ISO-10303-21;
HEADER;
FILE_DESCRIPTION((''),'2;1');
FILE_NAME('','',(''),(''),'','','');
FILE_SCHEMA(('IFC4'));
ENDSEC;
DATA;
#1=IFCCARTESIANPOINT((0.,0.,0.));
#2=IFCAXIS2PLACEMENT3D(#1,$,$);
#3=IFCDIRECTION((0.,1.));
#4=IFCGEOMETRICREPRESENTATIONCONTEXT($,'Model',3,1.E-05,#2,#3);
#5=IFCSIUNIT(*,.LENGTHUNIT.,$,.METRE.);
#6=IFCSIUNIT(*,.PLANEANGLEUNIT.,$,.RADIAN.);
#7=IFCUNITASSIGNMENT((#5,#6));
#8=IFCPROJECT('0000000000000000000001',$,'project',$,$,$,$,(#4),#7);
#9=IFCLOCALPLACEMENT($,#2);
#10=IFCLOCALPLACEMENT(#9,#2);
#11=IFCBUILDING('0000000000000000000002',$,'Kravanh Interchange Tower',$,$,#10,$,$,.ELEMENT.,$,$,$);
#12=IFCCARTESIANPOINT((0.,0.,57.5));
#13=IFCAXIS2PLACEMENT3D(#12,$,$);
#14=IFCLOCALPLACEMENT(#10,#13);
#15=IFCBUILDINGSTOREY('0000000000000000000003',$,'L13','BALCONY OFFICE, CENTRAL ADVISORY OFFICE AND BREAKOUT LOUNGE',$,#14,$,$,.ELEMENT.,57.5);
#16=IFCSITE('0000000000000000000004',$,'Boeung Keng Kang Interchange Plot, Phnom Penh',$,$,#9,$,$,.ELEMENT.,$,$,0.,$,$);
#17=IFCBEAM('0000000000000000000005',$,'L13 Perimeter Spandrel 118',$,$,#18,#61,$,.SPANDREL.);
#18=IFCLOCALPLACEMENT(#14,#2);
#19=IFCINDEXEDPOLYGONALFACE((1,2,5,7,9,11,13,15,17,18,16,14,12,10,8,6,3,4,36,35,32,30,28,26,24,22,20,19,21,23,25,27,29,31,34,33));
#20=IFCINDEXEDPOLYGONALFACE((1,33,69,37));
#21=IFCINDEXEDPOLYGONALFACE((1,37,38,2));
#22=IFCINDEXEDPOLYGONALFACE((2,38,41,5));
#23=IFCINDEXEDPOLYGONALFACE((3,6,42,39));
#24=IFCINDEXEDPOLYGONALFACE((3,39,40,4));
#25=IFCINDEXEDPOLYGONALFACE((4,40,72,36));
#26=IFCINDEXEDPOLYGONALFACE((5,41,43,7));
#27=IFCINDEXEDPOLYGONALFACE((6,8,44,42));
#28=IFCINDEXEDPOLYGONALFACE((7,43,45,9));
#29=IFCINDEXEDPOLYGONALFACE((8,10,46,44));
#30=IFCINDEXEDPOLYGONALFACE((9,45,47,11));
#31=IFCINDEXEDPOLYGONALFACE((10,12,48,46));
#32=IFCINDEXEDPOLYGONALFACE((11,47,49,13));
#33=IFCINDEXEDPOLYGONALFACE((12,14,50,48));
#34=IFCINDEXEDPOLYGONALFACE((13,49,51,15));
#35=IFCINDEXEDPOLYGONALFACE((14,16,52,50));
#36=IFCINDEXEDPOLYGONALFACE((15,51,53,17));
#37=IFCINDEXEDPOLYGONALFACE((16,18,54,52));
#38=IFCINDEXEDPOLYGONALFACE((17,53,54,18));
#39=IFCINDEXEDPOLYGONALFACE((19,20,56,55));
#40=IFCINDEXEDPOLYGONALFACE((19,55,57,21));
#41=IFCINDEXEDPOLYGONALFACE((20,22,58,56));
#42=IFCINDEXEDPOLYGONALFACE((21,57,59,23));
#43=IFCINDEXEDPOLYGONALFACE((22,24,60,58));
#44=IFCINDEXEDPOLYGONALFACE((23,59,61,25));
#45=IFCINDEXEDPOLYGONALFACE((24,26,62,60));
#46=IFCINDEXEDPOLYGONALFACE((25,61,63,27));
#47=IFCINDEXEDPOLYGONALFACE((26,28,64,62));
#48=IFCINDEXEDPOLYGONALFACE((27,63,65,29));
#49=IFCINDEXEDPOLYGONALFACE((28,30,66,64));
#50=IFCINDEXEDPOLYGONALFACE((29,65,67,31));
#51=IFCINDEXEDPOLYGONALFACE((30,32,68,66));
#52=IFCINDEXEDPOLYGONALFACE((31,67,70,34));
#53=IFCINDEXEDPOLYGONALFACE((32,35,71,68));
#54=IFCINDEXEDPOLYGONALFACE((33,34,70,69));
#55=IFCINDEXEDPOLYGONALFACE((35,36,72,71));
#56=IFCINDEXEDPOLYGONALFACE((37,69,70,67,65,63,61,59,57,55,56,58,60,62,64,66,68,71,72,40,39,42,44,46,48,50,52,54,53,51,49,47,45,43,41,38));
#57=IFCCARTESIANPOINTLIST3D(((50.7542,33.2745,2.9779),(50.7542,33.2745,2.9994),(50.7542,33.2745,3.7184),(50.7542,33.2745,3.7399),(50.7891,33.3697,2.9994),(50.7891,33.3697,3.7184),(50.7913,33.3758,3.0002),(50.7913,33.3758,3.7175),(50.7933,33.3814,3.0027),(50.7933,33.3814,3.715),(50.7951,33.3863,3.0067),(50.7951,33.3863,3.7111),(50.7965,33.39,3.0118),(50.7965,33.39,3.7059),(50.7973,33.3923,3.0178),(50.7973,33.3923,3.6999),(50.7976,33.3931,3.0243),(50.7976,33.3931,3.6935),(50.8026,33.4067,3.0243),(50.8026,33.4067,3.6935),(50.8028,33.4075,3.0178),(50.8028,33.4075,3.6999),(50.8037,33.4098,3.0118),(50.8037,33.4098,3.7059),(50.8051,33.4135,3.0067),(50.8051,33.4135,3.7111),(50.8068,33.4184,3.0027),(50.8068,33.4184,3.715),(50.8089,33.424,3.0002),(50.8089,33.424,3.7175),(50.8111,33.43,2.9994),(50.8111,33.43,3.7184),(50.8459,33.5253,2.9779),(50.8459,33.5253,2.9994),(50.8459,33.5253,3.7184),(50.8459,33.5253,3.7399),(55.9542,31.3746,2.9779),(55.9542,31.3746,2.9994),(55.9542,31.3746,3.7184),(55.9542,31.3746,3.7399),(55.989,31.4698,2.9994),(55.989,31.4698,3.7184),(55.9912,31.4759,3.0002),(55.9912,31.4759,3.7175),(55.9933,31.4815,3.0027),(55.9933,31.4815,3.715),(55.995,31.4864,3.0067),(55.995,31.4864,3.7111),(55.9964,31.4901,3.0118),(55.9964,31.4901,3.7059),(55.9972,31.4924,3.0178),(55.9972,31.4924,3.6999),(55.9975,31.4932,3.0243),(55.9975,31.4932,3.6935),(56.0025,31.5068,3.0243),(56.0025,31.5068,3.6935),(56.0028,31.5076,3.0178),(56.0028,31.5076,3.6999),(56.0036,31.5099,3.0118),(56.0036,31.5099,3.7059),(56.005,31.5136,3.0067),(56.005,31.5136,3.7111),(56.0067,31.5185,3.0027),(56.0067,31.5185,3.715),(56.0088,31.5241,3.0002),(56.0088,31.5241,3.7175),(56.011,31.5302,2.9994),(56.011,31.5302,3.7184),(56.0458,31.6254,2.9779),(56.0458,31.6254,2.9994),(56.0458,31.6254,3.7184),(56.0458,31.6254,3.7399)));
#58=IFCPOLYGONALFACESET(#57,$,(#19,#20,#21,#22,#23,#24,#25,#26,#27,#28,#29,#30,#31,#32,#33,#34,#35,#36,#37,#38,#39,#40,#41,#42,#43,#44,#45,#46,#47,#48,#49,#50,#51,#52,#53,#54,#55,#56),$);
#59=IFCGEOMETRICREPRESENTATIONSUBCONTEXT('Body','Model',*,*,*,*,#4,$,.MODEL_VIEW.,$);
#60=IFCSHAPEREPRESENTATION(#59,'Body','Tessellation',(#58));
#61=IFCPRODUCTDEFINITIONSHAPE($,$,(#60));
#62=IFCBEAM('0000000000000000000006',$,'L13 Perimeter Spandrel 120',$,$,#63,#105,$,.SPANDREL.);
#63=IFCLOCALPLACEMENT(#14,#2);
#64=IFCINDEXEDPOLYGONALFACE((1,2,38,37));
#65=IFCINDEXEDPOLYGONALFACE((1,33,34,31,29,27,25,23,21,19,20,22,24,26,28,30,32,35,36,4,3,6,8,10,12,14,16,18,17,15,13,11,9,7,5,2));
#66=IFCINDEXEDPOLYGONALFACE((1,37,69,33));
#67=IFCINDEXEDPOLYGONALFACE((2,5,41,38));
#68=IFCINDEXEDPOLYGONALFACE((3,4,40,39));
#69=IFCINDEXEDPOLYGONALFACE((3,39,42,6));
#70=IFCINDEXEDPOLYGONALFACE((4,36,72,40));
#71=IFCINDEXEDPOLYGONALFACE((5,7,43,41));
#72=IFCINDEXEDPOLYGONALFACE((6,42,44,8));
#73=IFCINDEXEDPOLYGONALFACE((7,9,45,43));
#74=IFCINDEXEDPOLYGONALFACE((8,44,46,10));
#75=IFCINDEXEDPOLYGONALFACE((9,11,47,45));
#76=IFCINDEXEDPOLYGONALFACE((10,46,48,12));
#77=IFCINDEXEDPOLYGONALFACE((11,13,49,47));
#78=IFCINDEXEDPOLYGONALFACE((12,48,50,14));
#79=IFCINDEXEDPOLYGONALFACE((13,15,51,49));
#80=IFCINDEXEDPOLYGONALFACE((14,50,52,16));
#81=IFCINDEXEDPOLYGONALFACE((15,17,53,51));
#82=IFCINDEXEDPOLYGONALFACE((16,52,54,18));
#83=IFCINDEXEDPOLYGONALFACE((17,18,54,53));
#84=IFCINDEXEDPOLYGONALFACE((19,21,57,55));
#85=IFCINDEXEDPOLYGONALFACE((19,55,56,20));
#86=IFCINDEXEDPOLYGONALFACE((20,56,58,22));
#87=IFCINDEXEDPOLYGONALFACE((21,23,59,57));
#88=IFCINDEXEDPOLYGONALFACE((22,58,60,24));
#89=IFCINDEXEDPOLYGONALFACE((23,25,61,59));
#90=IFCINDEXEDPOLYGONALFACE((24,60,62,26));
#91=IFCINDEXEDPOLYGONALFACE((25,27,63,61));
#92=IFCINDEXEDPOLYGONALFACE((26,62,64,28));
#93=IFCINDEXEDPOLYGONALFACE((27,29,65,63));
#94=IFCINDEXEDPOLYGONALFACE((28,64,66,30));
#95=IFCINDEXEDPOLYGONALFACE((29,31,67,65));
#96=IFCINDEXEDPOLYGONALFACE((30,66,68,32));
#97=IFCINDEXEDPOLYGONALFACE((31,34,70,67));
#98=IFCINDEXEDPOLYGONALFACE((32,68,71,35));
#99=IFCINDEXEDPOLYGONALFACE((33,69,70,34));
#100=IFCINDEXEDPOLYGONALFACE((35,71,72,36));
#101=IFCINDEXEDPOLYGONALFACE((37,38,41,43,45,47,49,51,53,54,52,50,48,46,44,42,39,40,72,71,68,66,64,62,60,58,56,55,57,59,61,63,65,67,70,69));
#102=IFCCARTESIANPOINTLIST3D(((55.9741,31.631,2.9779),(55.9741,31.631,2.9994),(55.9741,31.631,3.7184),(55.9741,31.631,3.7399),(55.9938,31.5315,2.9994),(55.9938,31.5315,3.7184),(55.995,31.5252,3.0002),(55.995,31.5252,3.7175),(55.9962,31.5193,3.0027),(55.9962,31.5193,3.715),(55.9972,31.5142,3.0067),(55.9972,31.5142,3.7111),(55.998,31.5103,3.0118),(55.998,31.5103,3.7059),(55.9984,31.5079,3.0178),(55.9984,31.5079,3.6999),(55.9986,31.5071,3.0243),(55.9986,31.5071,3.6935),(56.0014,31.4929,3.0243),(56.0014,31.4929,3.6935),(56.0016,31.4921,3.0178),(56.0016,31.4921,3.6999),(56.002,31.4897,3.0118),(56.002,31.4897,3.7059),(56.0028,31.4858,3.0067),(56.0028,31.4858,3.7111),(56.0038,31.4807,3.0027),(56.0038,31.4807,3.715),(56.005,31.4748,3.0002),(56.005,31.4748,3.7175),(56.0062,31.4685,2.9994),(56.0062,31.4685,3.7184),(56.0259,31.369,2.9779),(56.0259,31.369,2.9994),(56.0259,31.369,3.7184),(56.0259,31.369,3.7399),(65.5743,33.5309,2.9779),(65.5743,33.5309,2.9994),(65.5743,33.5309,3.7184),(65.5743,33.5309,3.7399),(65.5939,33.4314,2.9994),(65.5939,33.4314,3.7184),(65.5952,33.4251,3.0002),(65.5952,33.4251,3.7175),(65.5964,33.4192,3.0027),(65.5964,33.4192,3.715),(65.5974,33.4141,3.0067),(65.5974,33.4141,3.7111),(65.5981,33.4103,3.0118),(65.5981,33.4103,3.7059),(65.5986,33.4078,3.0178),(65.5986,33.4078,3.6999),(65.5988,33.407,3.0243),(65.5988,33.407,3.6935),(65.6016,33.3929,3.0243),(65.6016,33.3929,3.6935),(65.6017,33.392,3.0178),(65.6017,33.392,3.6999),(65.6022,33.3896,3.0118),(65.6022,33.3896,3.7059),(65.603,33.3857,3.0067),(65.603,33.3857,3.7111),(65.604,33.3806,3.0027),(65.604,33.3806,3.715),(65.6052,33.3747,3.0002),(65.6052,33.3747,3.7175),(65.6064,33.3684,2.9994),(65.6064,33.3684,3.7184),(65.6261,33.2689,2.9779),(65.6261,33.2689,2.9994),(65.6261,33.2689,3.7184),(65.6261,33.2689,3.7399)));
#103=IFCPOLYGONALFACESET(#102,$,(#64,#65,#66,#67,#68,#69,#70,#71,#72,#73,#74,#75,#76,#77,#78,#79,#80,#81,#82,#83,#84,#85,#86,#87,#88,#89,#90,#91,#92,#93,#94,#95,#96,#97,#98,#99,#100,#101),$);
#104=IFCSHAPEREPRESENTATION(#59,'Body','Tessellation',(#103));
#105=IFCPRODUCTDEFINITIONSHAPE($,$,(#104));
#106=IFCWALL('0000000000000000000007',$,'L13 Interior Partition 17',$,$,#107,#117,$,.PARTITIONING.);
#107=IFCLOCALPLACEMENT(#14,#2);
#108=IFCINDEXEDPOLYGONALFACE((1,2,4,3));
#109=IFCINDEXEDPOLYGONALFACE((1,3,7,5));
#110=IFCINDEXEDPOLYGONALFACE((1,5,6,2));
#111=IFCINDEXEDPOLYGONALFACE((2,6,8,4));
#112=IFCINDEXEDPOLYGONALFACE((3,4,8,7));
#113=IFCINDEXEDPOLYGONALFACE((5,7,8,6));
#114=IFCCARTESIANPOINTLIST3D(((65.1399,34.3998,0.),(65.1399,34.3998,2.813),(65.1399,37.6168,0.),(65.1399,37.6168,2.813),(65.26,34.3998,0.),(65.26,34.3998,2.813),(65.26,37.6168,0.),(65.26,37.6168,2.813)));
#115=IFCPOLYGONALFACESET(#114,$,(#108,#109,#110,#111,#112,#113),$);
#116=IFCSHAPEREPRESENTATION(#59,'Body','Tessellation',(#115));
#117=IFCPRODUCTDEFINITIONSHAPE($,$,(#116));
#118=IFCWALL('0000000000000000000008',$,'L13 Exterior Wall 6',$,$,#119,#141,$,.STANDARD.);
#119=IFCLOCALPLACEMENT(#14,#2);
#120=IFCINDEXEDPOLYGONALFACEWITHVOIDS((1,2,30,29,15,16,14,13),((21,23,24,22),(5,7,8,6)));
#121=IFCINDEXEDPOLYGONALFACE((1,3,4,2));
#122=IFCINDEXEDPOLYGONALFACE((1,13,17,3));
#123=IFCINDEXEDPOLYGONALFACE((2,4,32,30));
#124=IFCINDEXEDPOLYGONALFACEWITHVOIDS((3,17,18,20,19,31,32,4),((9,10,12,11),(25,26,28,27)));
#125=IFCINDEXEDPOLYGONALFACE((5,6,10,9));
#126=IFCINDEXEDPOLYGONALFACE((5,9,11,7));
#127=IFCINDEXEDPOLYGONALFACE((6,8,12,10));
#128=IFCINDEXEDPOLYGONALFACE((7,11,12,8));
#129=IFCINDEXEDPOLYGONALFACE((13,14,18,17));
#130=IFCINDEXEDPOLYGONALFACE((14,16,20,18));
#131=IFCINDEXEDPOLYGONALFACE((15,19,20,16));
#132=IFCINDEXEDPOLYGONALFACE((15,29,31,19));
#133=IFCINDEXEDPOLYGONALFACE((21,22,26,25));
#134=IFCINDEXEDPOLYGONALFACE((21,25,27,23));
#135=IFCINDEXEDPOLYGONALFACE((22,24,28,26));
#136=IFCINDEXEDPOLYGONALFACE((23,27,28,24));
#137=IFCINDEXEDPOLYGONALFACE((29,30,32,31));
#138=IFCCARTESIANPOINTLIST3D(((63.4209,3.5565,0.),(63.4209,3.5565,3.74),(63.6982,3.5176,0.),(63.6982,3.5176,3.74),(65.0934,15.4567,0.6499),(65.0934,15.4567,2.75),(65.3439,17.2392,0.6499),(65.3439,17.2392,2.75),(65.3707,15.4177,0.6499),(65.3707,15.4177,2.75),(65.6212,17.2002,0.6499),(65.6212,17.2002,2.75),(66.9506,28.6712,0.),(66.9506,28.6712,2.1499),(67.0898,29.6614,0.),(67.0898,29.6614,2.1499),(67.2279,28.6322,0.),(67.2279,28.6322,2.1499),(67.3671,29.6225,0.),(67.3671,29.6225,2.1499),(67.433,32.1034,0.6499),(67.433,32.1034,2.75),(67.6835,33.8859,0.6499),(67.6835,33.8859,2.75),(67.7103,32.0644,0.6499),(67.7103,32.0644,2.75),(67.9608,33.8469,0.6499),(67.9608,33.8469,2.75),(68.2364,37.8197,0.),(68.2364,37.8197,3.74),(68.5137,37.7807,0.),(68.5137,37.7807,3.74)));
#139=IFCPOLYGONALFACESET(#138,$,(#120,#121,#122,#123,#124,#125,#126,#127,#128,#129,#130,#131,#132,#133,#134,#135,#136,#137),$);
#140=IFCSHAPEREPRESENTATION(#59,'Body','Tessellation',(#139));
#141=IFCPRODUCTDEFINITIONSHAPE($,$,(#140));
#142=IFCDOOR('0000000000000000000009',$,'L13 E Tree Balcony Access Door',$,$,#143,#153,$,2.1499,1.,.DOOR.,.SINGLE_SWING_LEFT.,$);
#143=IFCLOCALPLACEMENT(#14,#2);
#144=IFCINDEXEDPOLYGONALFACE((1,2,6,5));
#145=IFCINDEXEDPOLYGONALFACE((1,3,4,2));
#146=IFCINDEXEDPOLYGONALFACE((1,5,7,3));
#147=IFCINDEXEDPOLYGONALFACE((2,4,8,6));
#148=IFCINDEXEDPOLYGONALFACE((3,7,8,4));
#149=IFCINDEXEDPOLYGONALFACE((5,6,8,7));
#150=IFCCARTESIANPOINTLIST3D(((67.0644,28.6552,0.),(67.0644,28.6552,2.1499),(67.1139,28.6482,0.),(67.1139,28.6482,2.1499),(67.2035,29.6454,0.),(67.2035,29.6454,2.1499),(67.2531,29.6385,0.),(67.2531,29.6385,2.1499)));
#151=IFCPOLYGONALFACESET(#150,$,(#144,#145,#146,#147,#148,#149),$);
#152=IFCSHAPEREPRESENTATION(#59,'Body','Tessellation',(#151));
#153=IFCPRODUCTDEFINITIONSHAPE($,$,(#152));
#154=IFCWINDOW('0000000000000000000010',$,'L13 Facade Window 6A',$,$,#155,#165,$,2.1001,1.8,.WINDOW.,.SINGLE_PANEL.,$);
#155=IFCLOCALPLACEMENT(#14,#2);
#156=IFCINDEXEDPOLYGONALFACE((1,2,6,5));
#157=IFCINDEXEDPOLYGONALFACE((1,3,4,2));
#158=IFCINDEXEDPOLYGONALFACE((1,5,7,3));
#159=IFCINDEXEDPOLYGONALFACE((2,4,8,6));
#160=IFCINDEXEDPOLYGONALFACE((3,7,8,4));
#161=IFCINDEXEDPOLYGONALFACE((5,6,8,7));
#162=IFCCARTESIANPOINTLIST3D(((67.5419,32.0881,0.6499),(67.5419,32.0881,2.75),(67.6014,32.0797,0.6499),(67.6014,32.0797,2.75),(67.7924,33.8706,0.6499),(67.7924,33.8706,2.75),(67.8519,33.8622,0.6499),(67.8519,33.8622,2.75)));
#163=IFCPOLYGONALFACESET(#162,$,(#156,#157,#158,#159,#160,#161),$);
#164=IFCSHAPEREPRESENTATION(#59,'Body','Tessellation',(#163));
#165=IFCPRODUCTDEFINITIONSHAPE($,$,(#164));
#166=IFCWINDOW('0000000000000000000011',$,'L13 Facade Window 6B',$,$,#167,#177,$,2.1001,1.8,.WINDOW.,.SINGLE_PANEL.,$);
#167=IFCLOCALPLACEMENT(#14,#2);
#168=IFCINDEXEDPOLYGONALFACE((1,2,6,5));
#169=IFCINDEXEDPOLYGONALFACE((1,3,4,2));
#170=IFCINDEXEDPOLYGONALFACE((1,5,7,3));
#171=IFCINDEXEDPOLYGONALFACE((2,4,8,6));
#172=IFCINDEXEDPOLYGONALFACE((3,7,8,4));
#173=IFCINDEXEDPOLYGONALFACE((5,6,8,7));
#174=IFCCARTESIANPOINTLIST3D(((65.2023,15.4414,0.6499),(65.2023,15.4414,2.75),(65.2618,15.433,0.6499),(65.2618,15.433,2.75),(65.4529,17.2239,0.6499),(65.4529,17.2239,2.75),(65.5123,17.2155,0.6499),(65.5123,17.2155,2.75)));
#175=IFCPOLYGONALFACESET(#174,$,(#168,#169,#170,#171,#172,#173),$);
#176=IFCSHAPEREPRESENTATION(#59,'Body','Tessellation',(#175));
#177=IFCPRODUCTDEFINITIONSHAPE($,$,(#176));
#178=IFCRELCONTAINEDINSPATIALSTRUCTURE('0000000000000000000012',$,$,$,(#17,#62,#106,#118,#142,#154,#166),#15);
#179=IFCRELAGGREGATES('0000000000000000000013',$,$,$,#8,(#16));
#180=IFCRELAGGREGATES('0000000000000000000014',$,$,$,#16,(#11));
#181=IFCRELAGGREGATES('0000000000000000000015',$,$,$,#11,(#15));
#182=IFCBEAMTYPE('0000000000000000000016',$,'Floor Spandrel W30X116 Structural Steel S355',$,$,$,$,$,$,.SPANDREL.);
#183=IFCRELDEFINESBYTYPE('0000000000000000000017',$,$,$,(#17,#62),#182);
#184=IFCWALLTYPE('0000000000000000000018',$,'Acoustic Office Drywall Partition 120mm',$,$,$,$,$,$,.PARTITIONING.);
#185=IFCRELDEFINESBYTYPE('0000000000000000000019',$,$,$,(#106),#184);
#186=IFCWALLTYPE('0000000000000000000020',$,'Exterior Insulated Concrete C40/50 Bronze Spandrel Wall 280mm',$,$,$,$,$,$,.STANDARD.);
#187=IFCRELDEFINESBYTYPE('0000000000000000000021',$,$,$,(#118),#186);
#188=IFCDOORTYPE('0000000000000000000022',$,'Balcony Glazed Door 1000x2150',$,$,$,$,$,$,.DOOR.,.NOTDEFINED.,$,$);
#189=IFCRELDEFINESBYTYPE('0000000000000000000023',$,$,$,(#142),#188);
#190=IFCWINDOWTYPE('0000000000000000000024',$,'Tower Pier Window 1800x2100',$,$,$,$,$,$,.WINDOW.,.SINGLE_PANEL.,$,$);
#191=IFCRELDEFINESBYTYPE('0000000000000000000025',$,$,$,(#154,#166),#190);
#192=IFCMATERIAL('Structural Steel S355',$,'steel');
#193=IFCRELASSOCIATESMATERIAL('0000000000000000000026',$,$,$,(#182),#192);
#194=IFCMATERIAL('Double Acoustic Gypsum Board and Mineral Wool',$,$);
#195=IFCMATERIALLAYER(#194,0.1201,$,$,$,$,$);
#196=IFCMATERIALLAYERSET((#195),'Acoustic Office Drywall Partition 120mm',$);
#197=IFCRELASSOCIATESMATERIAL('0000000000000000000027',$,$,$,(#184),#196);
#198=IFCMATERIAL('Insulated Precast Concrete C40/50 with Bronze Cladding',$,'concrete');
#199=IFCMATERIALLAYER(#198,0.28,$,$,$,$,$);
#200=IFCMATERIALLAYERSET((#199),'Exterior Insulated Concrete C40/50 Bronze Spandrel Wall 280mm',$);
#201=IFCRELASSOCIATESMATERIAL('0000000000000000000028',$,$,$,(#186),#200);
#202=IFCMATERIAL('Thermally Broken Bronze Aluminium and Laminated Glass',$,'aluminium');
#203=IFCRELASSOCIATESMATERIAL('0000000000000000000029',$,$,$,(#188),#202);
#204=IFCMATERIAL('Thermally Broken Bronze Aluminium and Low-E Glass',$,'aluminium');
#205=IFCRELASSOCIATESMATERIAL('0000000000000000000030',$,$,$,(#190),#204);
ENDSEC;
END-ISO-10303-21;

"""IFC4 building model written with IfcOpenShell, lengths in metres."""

from ifc_helpers import new_model, si_unit, direction, frame, frame_2d, origin, origin_2d, place, context, subcontext, project, spatial, rectangle, i_section, extrude, material, layer, layer_set, material_profile, profile_set, type_object, element, fill, save


model = new_model("IFC4")

# Units and contexts
model_context = context("Model", 3, precision=1e-05, world=origin(), true_north=direction((0.0, 1.0)))
body_context = subcontext(model_context, "Body", "Model", "MODEL_VIEW")
ifc_project = project(units=[si_unit("LENGTHUNIT", "METRE"), si_unit("PLANEANGLEUNIT", "RADIAN")], contexts=[model_context])

# Site, building, storey
site_placement = place(None, origin())
site = spatial("IfcSite", under=ifc_project, at=site_placement, Name="Boeung Keng Kang Interchange Plot, Phnom Penh", CompositionType="ELEMENT", RefElevation=0.0)
building_placement = place(site_placement, origin())
building = spatial("IfcBuilding", under=site, at=building_placement, Name="Kravanh Interchange Tower", CompositionType="ELEMENT")
storey_placement = place(building_placement, frame((0.0, 0.0, 57.5)))
storey = spatial("IfcBuildingStorey", under=building, at=storey_placement, Name="L13", Description="BALCONY OFFICE, CENTRAL ADVISORY OFFICE AND BREAKOUT LOUNGE", CompositionType="ELEMENT", Elevation=57.5)

# Beams
ifc_material_1 = material(Name="Structural Steel S355", Category="steel")
ifc_material_profile_1 = material_profile(ifc_material_1, i_section(OverallWidth=0.2671, OverallDepth=0.762, WebThickness=0.0144, FlangeThickness=0.0215, FilletRadius=0.0249, at=origin_2d()), Name="W30X116")
ifc_profile_set_1 = profile_set([ifc_material_profile_1], Name="Structural Steel S355")
beam_type_1 = type_object("IfcBeamType", Name="Floor Spandrel W30X116 Structural Steel S355", PredefinedType="SPANDREL", material=ifc_profile_set_1)
beam_1_placement = place(storey_placement, frame((56.0, 31.5, 3.3589), z_axis=(-0.93927, 0.34318, 0.0), x_axis=(-0.34318, -0.93927, 0.0)))
element("IfcBeam", 1, at=beam_1_placement, inside=storey, type_object=beam_type_1, Name="L13 Perimeter Spandrel 118", PredefinedType="SPANDREL", context=body_context, shape_type="SweptSolid", body=[
    extrude(i_section(OverallWidth=0.2671, OverallDepth=0.762, WebThickness=0.0144, FlangeThickness=0.0215, FilletRadius=0.0249, at=origin_2d()), origin(), (0.0, 0.0, 1.0), 5.5361),
])
beam_2_placement = place(storey_placement, frame((56.0, 31.5, 3.3589), z_axis=(0.980974, 0.194139, 0.0), x_axis=(-0.194139, 0.980974, 0.0)))
element("IfcBeam", 2, at=beam_2_placement, inside=storey, type_object=beam_type_1, Name="L13 Perimeter Spandrel 120", PredefinedType="SPANDREL", context=body_context, shape_type="SweptSolid", body=[
    extrude(i_section(OverallWidth=0.2671, OverallDepth=0.762, WebThickness=0.0144, FlangeThickness=0.0215, FilletRadius=0.0249, at=origin_2d()), origin(), (0.0, 0.0, 1.0), 9.7864),
])

# Wall
ifc_material_2 = material(Name="Double Acoustic Gypsum Board and Mineral Wool")
ifc_layer_1 = layer(ifc_material_2, 0.1201)
ifc_layer_set_1 = layer_set([ifc_layer_1], Name="Acoustic Office Drywall Partition 120mm")
wall_type_1 = type_object("IfcWallType", Name="Acoustic Office Drywall Partition 120mm", PredefinedType="PARTITIONING", material=ifc_layer_set_1)
wall_1_placement = place(storey_placement, frame((65.2, 34.3999, 0.0), z_axis=(0.0, 0.0, 1.0), x_axis=(0.0, 1.0, 0.0)))
element("IfcWall", 3, at=wall_1_placement, inside=storey, type_object=wall_type_1, Name="L13 Interior Partition 17", PredefinedType="PARTITIONING", context=body_context, shape_type="SweptSolid", body=[
    extrude(rectangle(XDim=3.217, YDim=0.1201, at=frame_2d((1.6084, 0.0))), origin(), (0.0, 0.0, 1.0), 2.813),
])

# Wall, openings, door, windows
ifc_material_3 = material(Name="Insulated Precast Concrete C40/50 with Bronze Cladding", Category="concrete")
ifc_layer_2 = layer(ifc_material_3, 0.28)
ifc_layer_set_2 = layer_set([ifc_layer_2], Name="Exterior Insulated Concrete C40/50 Bronze Spandrel Wall 280mm")
wall_type_2 = type_object("IfcWallType", Name="Exterior Insulated Concrete C40/50 Bronze Spandrel Wall 280mm", PredefinedType="STANDARD", material=ifc_layer_set_2)
wall_2_placement = place(storey_placement, frame((68.375, 37.8, 0.0), z_axis=(0.0, 0.0, 1.0), x_axis=(-0.139175, -0.990268, 0.0)))
wall_2 = element("IfcWall", 4, at=wall_2_placement, inside=storey, type_object=wall_type_2, Name="L13 Exterior Wall 6", PredefinedType="STANDARD", context=body_context, shape_type="SweptSolid", body=[
    extrude(rectangle(XDim=34.5999, YDim=0.28, at=frame_2d((17.2998, 0.0))), origin(), (0.0, 0.0, 1.0), 3.74),
])
opening_1_placement = place(wall_2_placement, frame((8.2383, 0.0, 0.0)))
opening_1 = element("IfcOpeningElement", 5, at=opening_1_placement, cuts=wall_2, PredefinedType="OPENING", context=body_context, shape_type="SweptSolid", body=[
    extrude(rectangle(XDim=1.0, YDim=2.1499, at=frame_2d((0.5, 1.075))), frame((0.0, 0.1499, 0.0), z_axis=(0.0, -1.0, 0.0), x_axis=(1.0, 0.0, 0.0)), (0.0, 0.0, 1.0), 0.3),
])
opening_2_placement = place(wall_2_placement, frame((3.9724, 0.0, 0.6499)))
opening_2 = element("IfcOpeningElement", 6, at=opening_2_placement, cuts=wall_2, PredefinedType="OPENING", context=body_context, shape_type="SweptSolid", body=[
    extrude(rectangle(XDim=1.8, YDim=2.1001, at=frame_2d((0.8999, 1.05))), frame((0.0, 0.1499, 0.0), z_axis=(0.0, -1.0, 0.0), x_axis=(1.0, 0.0, 0.0)), (0.0, 0.0, 1.0), 0.3),
])
opening_3_placement = place(wall_2_placement, frame((20.7827, 0.0, 0.6499)))
opening_3 = element("IfcOpeningElement", 7, at=opening_3_placement, cuts=wall_2, PredefinedType="OPENING", context=body_context, shape_type="SweptSolid", body=[
    extrude(rectangle(XDim=1.8, YDim=2.1001, at=frame_2d((0.8999, 1.05))), frame((0.0, 0.1499, 0.0), z_axis=(0.0, -1.0, 0.0), x_axis=(1.0, 0.0, 0.0)), (0.0, 0.0, 1.0), 0.3),
])
ifc_material_4 = material(Name="Thermally Broken Bronze Aluminium and Laminated Glass", Category="aluminium")
door_type = type_object("IfcDoorType", Name="Balcony Glazed Door 1000x2150", OperationType="NOTDEFINED", PredefinedType="DOOR", material=ifc_material_4)
door_placement = place(opening_1_placement, origin())
door = element("IfcDoor", 8, at=door_placement, inside=storey, type_object=door_type, Name="L13 E Tree Balcony Access Door", OperationType="SINGLE_SWING_LEFT", OverallHeight=2.1499, OverallWidth=1.0, PredefinedType="DOOR", context=body_context, shape_type="SweptSolid", body=[
    extrude(rectangle(XDim=1.0, YDim=2.1499, at=frame_2d((0.5, 1.075))), frame((0.0, 0.0249, 0.0), z_axis=(0.0, -1.0, 0.0), x_axis=(1.0, 0.0, 0.0)), (0.0, 0.0, 1.0), 0.05),
])
fill(opening_1, door)
ifc_material_5 = material(Name="Thermally Broken Bronze Aluminium and Low-E Glass", Category="aluminium")
window_type = type_object("IfcWindowType", Name="Tower Pier Window 1800x2100", PartitioningType="SINGLE_PANEL", PredefinedType="WINDOW", material=ifc_material_5)
window_1_placement = place(opening_2_placement, origin())
window_1 = element("IfcWindow", 9, at=window_1_placement, inside=storey, type_object=window_type, Name="L13 Facade Window 6A", OverallHeight=2.1001, OverallWidth=1.8, PartitioningType="SINGLE_PANEL", PredefinedType="WINDOW", context=body_context, shape_type="SweptSolid", body=[
    extrude(rectangle(XDim=1.8, YDim=2.1001, at=frame_2d((0.8999, 1.05))), frame((0.0, 0.03, 0.0), z_axis=(0.0, -1.0, 0.0), x_axis=(1.0, 0.0, 0.0)), (0.0, 0.0, 1.0), 0.0601),
])
fill(opening_2, window_1)
window_2_placement = place(opening_3_placement, origin())
window_2 = element("IfcWindow", 10, at=window_2_placement, inside=storey, type_object=window_type, Name="L13 Facade Window 6B", OverallHeight=2.1001, OverallWidth=1.8, PartitioningType="SINGLE_PANEL", PredefinedType="WINDOW", context=body_context, shape_type="SweptSolid", body=[
    extrude(rectangle(XDim=1.8, YDim=2.1001, at=frame_2d((0.8999, 1.05))), frame((0.0, 0.03, 0.0), z_axis=(0.0, -1.0, 0.0), x_axis=(1.0, 0.0, 0.0)), (0.0, 0.0, 1.0), 0.0601),
])
fill(opening_3, window_2)

save(model, "model.ifc")
